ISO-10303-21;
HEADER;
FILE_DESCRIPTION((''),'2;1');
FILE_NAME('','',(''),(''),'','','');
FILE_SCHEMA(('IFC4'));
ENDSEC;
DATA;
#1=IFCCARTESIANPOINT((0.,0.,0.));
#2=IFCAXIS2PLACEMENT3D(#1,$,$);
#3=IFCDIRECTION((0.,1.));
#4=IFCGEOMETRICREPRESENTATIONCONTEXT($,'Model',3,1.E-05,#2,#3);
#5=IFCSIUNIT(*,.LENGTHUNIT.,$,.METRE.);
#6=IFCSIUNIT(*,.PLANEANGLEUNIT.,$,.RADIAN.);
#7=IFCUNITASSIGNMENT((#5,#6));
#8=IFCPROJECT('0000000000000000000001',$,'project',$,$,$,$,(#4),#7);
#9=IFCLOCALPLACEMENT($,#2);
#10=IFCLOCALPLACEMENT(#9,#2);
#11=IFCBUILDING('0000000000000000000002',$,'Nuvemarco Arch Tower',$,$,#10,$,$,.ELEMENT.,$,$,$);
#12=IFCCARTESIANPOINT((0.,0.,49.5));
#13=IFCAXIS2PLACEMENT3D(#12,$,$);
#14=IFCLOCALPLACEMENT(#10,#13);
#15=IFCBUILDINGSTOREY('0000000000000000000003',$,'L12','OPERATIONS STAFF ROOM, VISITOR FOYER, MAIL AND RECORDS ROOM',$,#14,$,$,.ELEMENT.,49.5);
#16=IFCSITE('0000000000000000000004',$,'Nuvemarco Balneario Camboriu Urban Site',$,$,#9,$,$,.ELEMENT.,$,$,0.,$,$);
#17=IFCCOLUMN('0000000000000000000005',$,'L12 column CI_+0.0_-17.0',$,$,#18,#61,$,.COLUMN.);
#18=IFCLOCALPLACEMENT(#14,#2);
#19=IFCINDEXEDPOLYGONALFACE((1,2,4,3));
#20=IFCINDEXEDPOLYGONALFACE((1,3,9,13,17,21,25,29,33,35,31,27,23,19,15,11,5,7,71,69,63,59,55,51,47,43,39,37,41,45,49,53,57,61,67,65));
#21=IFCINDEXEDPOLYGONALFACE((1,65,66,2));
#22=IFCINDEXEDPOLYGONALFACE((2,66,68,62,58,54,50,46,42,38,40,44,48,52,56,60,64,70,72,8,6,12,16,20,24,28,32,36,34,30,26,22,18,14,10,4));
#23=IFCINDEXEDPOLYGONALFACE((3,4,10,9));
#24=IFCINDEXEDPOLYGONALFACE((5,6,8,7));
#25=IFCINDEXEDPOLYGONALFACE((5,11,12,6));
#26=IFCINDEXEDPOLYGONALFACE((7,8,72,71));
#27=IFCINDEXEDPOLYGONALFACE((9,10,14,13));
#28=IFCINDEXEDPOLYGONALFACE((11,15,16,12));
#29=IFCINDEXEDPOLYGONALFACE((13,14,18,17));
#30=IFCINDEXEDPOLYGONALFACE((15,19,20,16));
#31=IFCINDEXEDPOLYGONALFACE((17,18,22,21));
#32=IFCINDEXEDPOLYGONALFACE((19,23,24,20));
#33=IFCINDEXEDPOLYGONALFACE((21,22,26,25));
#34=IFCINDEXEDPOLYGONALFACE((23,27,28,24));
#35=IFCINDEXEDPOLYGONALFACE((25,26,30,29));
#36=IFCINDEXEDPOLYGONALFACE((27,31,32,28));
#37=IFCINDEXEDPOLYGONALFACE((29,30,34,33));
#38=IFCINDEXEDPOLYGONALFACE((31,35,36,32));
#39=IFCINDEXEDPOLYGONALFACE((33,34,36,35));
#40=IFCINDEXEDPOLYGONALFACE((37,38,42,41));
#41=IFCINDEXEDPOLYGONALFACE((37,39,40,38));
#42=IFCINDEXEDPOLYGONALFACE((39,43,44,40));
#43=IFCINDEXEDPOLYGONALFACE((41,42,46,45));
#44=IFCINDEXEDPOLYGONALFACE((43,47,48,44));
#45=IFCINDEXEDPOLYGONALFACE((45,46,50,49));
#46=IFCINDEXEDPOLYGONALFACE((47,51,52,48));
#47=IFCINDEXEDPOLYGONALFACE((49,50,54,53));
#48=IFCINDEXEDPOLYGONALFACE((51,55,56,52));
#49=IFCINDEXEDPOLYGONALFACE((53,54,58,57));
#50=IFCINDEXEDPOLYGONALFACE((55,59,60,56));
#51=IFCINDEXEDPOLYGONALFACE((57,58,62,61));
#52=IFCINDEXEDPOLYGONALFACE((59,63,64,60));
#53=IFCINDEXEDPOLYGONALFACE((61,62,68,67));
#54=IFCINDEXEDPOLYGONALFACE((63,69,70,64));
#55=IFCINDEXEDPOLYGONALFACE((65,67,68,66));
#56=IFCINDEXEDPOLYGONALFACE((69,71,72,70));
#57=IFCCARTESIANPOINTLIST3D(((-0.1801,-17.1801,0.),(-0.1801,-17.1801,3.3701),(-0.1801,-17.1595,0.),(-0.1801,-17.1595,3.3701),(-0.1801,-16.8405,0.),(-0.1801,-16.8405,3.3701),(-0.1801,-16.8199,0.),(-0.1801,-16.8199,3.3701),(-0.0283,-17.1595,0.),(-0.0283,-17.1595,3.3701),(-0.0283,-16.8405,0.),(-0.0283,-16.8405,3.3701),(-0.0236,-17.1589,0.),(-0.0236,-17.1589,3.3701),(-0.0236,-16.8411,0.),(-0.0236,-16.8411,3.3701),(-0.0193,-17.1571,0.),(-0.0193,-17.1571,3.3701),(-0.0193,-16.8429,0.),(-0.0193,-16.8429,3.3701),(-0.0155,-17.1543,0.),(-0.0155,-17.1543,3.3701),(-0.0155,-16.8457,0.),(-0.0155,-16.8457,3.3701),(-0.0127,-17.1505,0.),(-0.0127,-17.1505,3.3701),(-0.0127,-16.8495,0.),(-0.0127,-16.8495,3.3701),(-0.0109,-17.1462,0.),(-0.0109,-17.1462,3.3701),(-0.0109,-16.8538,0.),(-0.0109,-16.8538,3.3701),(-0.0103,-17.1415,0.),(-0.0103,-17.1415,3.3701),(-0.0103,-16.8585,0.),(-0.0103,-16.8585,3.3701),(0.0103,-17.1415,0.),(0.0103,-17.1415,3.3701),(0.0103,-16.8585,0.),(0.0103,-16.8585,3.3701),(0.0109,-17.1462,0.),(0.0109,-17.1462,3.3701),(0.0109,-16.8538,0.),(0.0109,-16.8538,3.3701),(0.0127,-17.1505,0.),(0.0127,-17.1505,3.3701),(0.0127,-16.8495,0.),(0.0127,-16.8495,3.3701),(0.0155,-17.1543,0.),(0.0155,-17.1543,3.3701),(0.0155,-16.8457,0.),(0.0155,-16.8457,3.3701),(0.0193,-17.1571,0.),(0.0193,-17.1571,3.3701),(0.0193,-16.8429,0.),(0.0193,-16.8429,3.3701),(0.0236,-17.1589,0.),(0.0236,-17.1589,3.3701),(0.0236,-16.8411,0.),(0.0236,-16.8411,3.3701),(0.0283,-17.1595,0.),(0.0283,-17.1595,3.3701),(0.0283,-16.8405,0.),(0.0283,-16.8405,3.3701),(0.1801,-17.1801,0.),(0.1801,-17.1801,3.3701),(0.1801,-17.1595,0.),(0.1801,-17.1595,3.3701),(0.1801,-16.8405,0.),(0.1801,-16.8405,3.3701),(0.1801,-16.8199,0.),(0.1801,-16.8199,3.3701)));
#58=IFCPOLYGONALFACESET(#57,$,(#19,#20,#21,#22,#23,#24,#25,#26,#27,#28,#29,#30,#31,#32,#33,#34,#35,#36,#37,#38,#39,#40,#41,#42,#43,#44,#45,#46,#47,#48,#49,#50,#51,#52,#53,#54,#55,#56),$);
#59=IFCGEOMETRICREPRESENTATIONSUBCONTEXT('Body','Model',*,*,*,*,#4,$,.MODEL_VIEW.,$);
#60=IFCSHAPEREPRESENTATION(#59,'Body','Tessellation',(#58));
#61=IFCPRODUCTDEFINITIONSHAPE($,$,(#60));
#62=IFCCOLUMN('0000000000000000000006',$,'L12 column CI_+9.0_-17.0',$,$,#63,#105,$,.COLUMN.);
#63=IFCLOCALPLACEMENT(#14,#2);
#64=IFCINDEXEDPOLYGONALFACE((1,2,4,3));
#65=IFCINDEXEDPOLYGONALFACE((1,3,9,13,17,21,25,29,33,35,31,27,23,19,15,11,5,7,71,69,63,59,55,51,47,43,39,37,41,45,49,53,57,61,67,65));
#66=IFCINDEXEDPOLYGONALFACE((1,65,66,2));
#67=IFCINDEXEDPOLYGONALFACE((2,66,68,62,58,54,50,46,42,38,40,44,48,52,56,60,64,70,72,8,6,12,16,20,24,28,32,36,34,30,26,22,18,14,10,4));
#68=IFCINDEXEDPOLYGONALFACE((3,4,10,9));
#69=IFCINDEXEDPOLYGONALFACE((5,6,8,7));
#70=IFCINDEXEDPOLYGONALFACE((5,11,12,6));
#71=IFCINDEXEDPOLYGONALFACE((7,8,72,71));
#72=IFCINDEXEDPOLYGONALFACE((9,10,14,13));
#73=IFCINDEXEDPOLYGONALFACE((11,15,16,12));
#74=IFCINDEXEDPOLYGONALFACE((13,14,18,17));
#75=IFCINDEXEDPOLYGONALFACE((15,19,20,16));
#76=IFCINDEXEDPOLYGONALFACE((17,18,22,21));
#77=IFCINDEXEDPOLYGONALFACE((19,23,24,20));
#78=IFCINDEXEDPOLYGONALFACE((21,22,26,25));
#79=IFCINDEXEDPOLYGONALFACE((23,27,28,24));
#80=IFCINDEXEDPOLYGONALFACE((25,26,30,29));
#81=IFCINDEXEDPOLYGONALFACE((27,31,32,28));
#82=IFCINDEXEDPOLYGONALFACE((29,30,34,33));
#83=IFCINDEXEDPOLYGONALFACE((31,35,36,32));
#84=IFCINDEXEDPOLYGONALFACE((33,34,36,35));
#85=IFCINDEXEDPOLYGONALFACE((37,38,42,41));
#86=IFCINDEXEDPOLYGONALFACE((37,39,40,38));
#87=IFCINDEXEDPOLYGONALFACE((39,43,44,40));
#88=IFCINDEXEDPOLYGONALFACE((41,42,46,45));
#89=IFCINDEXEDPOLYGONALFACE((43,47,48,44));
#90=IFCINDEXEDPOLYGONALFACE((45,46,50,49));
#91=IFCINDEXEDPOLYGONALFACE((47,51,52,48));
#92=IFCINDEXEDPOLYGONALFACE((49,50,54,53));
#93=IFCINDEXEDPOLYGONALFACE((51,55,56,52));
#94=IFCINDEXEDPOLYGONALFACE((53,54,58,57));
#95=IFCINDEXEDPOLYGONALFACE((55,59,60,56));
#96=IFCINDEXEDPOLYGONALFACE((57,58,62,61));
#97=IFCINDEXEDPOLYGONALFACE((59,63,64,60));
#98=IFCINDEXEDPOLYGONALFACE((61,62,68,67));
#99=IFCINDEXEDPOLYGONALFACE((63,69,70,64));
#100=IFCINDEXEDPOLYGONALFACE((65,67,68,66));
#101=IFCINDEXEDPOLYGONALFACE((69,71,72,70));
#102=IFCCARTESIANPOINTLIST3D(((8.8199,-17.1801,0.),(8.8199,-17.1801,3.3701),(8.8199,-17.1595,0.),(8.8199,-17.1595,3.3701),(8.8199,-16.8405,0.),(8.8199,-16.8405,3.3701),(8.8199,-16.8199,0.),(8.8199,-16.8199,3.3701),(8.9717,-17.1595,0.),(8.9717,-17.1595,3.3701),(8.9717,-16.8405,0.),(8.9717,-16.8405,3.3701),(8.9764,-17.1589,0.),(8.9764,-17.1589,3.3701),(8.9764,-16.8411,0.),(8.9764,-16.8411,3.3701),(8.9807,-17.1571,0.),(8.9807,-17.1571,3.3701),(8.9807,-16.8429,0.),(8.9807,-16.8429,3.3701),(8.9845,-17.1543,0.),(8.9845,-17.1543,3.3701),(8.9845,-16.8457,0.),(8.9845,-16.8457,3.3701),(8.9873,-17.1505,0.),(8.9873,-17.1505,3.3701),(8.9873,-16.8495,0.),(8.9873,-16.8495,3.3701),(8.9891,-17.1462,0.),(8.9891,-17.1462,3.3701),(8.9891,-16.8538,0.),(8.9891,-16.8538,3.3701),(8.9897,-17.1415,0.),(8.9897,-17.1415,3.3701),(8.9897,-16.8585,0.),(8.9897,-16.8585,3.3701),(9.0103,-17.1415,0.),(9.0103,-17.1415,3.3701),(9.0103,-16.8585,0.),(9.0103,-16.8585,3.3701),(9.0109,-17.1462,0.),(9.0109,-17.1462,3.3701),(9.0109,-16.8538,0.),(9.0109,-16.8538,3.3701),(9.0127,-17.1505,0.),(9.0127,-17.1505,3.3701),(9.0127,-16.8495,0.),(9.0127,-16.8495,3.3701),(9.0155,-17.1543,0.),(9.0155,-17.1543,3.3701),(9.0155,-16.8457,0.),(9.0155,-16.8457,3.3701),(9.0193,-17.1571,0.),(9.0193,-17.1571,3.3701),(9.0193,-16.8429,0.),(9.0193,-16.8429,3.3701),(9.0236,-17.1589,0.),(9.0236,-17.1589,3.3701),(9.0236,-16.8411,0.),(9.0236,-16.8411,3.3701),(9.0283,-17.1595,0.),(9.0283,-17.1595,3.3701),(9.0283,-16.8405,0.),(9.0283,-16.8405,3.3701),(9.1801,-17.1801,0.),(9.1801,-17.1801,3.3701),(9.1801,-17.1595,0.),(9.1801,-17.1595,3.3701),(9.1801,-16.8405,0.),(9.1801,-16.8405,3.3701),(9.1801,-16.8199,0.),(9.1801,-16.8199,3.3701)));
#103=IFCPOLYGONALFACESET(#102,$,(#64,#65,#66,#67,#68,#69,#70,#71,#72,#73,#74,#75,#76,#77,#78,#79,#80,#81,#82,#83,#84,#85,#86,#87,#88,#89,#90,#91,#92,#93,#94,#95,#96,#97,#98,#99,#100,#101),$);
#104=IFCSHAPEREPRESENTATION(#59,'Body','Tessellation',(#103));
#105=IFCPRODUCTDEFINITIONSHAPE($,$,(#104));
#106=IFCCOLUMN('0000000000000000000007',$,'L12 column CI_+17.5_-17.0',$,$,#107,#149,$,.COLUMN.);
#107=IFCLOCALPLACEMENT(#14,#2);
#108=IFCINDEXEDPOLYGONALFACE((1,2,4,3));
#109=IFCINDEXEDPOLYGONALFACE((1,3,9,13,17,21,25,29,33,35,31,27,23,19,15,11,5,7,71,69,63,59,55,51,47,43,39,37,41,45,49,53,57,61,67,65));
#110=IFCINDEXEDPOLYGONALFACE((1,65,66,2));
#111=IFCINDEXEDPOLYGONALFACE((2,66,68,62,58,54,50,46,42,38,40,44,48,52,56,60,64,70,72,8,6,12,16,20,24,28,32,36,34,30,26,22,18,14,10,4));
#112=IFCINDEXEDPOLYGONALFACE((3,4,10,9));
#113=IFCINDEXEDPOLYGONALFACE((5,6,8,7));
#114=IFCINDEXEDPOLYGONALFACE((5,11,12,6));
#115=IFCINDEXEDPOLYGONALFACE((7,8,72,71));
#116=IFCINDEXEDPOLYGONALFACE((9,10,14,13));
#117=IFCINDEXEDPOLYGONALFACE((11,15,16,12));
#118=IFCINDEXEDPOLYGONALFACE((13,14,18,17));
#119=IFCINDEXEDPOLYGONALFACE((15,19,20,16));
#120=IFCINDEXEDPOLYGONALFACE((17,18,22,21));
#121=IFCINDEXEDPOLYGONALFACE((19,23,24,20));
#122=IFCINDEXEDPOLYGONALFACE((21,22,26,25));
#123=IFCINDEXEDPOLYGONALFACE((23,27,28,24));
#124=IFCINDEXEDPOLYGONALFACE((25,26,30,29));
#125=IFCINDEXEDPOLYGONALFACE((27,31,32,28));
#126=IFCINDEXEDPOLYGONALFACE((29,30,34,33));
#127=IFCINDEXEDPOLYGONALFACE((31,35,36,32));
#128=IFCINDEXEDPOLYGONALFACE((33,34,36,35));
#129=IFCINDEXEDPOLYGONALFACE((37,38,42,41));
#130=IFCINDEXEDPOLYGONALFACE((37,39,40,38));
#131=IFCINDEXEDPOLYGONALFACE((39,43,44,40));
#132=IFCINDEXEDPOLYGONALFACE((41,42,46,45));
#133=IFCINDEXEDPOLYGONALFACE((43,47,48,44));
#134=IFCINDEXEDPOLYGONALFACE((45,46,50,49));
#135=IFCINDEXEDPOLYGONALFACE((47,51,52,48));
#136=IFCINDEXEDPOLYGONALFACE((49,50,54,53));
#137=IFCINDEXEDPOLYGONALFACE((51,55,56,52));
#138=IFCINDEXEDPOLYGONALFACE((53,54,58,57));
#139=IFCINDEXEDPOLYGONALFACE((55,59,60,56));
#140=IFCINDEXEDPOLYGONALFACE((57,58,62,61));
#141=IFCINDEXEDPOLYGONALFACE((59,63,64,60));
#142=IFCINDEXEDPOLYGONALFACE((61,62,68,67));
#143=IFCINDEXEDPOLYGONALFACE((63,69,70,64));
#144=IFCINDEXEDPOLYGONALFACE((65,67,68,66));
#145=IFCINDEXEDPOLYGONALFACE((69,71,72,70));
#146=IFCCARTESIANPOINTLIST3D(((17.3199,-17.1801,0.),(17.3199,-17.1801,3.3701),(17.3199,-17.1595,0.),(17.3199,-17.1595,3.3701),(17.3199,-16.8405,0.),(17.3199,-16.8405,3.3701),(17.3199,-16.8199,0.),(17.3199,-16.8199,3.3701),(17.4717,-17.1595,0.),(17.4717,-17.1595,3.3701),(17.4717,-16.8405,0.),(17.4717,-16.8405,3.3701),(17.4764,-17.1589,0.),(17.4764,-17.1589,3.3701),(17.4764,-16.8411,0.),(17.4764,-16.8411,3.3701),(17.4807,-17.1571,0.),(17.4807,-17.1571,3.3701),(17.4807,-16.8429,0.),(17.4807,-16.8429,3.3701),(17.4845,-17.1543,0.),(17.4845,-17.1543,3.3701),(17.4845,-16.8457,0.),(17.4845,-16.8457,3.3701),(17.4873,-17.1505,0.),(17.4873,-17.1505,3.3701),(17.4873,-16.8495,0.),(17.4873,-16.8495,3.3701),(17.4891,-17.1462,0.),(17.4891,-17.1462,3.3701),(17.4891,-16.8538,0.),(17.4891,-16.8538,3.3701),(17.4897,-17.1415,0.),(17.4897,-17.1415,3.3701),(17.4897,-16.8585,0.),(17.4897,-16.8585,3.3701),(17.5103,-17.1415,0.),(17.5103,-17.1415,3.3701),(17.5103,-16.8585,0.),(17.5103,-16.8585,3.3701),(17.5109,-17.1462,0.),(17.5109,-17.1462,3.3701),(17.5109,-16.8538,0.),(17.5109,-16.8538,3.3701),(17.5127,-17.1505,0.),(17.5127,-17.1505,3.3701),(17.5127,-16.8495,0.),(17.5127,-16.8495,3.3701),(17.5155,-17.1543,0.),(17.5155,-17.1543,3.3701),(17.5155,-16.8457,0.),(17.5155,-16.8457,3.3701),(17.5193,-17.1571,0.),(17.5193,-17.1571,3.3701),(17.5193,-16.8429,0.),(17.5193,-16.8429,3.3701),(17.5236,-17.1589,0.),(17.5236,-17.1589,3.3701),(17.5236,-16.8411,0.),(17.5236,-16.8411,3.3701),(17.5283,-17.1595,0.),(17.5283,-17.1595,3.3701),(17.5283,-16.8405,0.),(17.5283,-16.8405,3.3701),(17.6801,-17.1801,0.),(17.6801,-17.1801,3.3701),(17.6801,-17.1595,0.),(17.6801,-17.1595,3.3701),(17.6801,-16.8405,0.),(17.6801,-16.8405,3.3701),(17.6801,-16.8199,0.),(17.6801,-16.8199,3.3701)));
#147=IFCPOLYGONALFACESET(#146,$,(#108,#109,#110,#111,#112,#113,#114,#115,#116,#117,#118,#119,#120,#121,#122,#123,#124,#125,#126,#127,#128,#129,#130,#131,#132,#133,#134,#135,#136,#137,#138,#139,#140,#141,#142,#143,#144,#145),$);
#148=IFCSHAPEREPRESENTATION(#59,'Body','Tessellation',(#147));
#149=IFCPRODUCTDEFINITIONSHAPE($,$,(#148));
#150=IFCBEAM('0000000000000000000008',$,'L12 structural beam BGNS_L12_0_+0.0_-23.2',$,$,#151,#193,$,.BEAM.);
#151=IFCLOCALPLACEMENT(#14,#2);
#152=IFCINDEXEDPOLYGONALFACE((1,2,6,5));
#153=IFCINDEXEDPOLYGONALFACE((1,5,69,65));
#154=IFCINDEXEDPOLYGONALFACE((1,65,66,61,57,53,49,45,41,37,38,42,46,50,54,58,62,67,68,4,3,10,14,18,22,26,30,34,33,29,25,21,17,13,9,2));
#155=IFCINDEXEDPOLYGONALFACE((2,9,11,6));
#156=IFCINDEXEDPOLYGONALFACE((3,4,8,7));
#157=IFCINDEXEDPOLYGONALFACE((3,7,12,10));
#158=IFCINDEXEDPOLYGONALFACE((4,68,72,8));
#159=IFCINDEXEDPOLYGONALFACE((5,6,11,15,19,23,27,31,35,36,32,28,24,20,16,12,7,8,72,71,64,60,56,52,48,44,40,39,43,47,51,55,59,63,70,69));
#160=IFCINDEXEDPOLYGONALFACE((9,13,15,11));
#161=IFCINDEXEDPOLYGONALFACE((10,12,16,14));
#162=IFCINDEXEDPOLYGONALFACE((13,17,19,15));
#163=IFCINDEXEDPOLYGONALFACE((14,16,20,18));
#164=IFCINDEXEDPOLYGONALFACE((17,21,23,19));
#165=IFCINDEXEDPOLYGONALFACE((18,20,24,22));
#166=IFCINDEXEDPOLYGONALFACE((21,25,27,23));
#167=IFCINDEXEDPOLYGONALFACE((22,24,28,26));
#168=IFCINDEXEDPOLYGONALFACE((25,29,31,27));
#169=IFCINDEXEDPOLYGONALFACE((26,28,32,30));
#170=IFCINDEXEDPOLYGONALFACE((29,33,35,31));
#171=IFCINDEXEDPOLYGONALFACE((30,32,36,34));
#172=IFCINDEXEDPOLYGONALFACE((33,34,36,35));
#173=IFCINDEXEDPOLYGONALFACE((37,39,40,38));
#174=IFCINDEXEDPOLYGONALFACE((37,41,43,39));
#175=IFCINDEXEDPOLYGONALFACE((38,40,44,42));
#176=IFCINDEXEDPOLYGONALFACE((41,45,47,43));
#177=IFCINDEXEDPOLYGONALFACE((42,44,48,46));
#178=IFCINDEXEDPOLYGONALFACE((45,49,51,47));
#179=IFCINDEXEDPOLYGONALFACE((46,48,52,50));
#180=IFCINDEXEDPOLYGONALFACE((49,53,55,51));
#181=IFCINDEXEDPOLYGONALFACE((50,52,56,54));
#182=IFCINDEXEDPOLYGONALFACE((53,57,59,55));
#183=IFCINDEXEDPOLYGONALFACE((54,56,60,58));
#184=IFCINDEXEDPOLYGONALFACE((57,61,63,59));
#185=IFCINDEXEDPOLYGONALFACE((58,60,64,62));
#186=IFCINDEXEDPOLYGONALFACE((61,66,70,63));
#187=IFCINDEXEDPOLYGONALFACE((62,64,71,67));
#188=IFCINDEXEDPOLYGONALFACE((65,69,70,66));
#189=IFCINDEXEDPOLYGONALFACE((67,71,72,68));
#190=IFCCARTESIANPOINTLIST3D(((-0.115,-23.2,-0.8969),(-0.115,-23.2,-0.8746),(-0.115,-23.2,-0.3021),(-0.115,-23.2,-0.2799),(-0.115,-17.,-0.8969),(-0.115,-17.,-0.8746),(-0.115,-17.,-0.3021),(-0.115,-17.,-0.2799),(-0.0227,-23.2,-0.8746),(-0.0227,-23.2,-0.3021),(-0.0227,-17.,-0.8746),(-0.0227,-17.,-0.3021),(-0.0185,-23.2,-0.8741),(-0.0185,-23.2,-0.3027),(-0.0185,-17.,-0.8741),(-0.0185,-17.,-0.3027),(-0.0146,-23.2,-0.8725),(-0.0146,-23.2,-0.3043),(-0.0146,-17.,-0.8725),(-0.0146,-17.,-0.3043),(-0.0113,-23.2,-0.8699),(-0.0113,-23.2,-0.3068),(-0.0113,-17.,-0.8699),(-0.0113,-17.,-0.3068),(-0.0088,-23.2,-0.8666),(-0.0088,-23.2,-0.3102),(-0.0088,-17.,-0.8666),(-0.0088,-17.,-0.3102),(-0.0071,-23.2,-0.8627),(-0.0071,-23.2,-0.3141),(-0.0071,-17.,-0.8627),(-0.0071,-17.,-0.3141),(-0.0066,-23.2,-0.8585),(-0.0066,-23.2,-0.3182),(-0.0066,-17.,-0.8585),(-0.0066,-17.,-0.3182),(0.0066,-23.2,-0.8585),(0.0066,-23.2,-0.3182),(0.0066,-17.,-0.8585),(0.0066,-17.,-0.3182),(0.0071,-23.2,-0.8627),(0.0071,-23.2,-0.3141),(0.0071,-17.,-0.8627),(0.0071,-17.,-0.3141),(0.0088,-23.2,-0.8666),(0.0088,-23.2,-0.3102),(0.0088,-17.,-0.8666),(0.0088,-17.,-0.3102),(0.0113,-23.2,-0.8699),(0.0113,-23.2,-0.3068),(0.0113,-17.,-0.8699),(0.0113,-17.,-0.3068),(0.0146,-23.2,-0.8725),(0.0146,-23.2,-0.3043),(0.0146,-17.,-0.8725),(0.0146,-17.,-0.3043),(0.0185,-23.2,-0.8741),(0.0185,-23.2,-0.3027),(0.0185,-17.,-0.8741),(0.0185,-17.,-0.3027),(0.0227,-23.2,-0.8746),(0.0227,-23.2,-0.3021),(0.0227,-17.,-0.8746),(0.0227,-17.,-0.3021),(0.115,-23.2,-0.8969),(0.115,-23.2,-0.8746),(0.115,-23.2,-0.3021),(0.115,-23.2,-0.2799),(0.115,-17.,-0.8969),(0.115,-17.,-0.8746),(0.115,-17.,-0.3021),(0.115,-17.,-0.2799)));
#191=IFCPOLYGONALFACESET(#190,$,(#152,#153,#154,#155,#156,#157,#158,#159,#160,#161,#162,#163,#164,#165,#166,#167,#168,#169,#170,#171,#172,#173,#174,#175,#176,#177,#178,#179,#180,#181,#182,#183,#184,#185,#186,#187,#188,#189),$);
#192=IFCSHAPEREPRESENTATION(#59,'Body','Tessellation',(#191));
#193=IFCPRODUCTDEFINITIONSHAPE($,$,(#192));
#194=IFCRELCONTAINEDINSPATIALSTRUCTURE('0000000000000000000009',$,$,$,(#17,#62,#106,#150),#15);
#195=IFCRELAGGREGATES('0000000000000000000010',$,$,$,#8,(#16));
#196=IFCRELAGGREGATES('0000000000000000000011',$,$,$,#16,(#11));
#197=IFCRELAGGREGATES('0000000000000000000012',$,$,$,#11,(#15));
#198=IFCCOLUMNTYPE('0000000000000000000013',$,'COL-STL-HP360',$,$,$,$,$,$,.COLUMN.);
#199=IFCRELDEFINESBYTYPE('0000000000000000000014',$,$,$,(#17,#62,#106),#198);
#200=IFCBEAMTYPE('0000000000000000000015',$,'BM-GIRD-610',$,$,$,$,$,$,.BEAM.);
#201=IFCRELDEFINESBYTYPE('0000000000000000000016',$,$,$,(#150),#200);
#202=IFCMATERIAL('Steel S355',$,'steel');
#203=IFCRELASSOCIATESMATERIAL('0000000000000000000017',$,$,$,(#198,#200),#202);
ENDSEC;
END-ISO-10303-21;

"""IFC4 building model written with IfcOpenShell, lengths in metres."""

from ifc_helpers import new_model, si_unit, direction, frame, origin, origin_2d, place, context, subcontext, project, spatial, i_section, extrude, material, material_profile, profile_set, type_object, element, save


model = new_model("IFC4")

# Units and contexts
model_context = context("Model", 3, precision=1e-05, world=origin(), true_north=direction((0.0, 1.0)))
body_context = subcontext(model_context, "Body", "Model", "MODEL_VIEW")
ifc_project = project(units=[si_unit("LENGTHUNIT", "METRE"), si_unit("PLANEANGLEUNIT", "RADIAN")], contexts=[model_context])

# Site, building, storey
site_placement = place(None, origin())
site = spatial("IfcSite", under=ifc_project, at=site_placement, Name="Nuvemarco Balneario Camboriu Urban Site", CompositionType="ELEMENT", RefElevation=0.0)
building_placement = place(site_placement, origin())
building = spatial("IfcBuilding", under=site, at=building_placement, Name="Nuvemarco Arch Tower", CompositionType="ELEMENT")
storey_placement = place(building_placement, frame((0.0, 0.0, 49.5)))
storey = spatial("IfcBuildingStorey", under=building, at=storey_placement, Name="L12", Description="OPERATIONS STAFF ROOM, VISITOR FOYER, MAIL AND RECORDS ROOM", CompositionType="ELEMENT", Elevation=49.5)

# Columns
ifc_material_1 = material(Name="Steel S355", Category="steel")
ifc_material_profile_1 = material_profile(ifc_material_1, i_section(OverallWidth=0.3601, OverallDepth=0.3601, WebThickness=0.0205, FlangeThickness=0.0205, FilletRadius=0.0181, at=origin_2d()), Name="HP360x174")
ifc_profile_set_1 = profile_set([ifc_material_profile_1], Name="Steel S355")
column_type_1 = type_object("IfcColumnType", Name="COL-STL-HP360", PredefinedType="COLUMN", material=ifc_profile_set_1)
for number, where, z_axis, x_axis, name in (
    (1, (0.0, -17.0, 0.0), (0.0, 0.0, 1.0), (1.0, 0.0, 0.0), "L12 column CI_+0.0_-17.0"),
    (2, (9.0, -17.0, 0.0), (0.0, 0.0, 1.0), (1.0, 0.0, 0.0), "L12 column CI_+9.0_-17.0"),
    (3, (17.5, -17.0, 0.0), (0.0, 0.0, 1.0), (1.0, 0.0, 0.0), "L12 column CI_+17.5_-17.0"),
):
    element("IfcColumn", number, at=place(storey_placement, frame(where, z_axis=z_axis, x_axis=x_axis)), inside=storey, type_object=column_type_1, Name=name, PredefinedType="COLUMN", context=body_context, shape_type="SweptSolid", body=[
        extrude(i_section(OverallWidth=0.3601, OverallDepth=0.3601, WebThickness=0.0205, FlangeThickness=0.0205, FilletRadius=0.0181, at=origin_2d()), origin(), (0.0, 0.0, 1.0), 3.3701),
    ])

# Beam
ifc_material_profile_2 = material_profile(ifc_material_1, i_section(OverallWidth=0.23, OverallDepth=0.6169, WebThickness=0.0132, FlangeThickness=0.0222, FilletRadius=0.0161, at=origin_2d()), Name="W610x140")
ifc_profile_set_2 = profile_set([ifc_material_profile_2], Name="Steel S355")
beam_type_1 = type_object("IfcBeamType", Name="BM-GIRD-610", PredefinedType="BEAM", material=ifc_profile_set_2)
beam_1_placement = place(storey_placement, frame((0.0, -23.2, -0.5884), z_axis=(0.0, 1.0, 0.0), x_axis=(-1.0, 0.0, 0.0)))
element("IfcBeam", 4, at=beam_1_placement, inside=storey, type_object=beam_type_1, Name="L12 structural beam BGNS_L12_0_+0.0_-23.2", PredefinedType="BEAM", context=body_context, shape_type="SweptSolid", body=[
    extrude(i_section(OverallWidth=0.23, OverallDepth=0.6169, WebThickness=0.0132, FlangeThickness=0.0222, FilletRadius=0.0161, at=origin_2d()), origin(), (0.0, 0.0, 1.0), 6.2),
])

save(model, "model.ifc")
